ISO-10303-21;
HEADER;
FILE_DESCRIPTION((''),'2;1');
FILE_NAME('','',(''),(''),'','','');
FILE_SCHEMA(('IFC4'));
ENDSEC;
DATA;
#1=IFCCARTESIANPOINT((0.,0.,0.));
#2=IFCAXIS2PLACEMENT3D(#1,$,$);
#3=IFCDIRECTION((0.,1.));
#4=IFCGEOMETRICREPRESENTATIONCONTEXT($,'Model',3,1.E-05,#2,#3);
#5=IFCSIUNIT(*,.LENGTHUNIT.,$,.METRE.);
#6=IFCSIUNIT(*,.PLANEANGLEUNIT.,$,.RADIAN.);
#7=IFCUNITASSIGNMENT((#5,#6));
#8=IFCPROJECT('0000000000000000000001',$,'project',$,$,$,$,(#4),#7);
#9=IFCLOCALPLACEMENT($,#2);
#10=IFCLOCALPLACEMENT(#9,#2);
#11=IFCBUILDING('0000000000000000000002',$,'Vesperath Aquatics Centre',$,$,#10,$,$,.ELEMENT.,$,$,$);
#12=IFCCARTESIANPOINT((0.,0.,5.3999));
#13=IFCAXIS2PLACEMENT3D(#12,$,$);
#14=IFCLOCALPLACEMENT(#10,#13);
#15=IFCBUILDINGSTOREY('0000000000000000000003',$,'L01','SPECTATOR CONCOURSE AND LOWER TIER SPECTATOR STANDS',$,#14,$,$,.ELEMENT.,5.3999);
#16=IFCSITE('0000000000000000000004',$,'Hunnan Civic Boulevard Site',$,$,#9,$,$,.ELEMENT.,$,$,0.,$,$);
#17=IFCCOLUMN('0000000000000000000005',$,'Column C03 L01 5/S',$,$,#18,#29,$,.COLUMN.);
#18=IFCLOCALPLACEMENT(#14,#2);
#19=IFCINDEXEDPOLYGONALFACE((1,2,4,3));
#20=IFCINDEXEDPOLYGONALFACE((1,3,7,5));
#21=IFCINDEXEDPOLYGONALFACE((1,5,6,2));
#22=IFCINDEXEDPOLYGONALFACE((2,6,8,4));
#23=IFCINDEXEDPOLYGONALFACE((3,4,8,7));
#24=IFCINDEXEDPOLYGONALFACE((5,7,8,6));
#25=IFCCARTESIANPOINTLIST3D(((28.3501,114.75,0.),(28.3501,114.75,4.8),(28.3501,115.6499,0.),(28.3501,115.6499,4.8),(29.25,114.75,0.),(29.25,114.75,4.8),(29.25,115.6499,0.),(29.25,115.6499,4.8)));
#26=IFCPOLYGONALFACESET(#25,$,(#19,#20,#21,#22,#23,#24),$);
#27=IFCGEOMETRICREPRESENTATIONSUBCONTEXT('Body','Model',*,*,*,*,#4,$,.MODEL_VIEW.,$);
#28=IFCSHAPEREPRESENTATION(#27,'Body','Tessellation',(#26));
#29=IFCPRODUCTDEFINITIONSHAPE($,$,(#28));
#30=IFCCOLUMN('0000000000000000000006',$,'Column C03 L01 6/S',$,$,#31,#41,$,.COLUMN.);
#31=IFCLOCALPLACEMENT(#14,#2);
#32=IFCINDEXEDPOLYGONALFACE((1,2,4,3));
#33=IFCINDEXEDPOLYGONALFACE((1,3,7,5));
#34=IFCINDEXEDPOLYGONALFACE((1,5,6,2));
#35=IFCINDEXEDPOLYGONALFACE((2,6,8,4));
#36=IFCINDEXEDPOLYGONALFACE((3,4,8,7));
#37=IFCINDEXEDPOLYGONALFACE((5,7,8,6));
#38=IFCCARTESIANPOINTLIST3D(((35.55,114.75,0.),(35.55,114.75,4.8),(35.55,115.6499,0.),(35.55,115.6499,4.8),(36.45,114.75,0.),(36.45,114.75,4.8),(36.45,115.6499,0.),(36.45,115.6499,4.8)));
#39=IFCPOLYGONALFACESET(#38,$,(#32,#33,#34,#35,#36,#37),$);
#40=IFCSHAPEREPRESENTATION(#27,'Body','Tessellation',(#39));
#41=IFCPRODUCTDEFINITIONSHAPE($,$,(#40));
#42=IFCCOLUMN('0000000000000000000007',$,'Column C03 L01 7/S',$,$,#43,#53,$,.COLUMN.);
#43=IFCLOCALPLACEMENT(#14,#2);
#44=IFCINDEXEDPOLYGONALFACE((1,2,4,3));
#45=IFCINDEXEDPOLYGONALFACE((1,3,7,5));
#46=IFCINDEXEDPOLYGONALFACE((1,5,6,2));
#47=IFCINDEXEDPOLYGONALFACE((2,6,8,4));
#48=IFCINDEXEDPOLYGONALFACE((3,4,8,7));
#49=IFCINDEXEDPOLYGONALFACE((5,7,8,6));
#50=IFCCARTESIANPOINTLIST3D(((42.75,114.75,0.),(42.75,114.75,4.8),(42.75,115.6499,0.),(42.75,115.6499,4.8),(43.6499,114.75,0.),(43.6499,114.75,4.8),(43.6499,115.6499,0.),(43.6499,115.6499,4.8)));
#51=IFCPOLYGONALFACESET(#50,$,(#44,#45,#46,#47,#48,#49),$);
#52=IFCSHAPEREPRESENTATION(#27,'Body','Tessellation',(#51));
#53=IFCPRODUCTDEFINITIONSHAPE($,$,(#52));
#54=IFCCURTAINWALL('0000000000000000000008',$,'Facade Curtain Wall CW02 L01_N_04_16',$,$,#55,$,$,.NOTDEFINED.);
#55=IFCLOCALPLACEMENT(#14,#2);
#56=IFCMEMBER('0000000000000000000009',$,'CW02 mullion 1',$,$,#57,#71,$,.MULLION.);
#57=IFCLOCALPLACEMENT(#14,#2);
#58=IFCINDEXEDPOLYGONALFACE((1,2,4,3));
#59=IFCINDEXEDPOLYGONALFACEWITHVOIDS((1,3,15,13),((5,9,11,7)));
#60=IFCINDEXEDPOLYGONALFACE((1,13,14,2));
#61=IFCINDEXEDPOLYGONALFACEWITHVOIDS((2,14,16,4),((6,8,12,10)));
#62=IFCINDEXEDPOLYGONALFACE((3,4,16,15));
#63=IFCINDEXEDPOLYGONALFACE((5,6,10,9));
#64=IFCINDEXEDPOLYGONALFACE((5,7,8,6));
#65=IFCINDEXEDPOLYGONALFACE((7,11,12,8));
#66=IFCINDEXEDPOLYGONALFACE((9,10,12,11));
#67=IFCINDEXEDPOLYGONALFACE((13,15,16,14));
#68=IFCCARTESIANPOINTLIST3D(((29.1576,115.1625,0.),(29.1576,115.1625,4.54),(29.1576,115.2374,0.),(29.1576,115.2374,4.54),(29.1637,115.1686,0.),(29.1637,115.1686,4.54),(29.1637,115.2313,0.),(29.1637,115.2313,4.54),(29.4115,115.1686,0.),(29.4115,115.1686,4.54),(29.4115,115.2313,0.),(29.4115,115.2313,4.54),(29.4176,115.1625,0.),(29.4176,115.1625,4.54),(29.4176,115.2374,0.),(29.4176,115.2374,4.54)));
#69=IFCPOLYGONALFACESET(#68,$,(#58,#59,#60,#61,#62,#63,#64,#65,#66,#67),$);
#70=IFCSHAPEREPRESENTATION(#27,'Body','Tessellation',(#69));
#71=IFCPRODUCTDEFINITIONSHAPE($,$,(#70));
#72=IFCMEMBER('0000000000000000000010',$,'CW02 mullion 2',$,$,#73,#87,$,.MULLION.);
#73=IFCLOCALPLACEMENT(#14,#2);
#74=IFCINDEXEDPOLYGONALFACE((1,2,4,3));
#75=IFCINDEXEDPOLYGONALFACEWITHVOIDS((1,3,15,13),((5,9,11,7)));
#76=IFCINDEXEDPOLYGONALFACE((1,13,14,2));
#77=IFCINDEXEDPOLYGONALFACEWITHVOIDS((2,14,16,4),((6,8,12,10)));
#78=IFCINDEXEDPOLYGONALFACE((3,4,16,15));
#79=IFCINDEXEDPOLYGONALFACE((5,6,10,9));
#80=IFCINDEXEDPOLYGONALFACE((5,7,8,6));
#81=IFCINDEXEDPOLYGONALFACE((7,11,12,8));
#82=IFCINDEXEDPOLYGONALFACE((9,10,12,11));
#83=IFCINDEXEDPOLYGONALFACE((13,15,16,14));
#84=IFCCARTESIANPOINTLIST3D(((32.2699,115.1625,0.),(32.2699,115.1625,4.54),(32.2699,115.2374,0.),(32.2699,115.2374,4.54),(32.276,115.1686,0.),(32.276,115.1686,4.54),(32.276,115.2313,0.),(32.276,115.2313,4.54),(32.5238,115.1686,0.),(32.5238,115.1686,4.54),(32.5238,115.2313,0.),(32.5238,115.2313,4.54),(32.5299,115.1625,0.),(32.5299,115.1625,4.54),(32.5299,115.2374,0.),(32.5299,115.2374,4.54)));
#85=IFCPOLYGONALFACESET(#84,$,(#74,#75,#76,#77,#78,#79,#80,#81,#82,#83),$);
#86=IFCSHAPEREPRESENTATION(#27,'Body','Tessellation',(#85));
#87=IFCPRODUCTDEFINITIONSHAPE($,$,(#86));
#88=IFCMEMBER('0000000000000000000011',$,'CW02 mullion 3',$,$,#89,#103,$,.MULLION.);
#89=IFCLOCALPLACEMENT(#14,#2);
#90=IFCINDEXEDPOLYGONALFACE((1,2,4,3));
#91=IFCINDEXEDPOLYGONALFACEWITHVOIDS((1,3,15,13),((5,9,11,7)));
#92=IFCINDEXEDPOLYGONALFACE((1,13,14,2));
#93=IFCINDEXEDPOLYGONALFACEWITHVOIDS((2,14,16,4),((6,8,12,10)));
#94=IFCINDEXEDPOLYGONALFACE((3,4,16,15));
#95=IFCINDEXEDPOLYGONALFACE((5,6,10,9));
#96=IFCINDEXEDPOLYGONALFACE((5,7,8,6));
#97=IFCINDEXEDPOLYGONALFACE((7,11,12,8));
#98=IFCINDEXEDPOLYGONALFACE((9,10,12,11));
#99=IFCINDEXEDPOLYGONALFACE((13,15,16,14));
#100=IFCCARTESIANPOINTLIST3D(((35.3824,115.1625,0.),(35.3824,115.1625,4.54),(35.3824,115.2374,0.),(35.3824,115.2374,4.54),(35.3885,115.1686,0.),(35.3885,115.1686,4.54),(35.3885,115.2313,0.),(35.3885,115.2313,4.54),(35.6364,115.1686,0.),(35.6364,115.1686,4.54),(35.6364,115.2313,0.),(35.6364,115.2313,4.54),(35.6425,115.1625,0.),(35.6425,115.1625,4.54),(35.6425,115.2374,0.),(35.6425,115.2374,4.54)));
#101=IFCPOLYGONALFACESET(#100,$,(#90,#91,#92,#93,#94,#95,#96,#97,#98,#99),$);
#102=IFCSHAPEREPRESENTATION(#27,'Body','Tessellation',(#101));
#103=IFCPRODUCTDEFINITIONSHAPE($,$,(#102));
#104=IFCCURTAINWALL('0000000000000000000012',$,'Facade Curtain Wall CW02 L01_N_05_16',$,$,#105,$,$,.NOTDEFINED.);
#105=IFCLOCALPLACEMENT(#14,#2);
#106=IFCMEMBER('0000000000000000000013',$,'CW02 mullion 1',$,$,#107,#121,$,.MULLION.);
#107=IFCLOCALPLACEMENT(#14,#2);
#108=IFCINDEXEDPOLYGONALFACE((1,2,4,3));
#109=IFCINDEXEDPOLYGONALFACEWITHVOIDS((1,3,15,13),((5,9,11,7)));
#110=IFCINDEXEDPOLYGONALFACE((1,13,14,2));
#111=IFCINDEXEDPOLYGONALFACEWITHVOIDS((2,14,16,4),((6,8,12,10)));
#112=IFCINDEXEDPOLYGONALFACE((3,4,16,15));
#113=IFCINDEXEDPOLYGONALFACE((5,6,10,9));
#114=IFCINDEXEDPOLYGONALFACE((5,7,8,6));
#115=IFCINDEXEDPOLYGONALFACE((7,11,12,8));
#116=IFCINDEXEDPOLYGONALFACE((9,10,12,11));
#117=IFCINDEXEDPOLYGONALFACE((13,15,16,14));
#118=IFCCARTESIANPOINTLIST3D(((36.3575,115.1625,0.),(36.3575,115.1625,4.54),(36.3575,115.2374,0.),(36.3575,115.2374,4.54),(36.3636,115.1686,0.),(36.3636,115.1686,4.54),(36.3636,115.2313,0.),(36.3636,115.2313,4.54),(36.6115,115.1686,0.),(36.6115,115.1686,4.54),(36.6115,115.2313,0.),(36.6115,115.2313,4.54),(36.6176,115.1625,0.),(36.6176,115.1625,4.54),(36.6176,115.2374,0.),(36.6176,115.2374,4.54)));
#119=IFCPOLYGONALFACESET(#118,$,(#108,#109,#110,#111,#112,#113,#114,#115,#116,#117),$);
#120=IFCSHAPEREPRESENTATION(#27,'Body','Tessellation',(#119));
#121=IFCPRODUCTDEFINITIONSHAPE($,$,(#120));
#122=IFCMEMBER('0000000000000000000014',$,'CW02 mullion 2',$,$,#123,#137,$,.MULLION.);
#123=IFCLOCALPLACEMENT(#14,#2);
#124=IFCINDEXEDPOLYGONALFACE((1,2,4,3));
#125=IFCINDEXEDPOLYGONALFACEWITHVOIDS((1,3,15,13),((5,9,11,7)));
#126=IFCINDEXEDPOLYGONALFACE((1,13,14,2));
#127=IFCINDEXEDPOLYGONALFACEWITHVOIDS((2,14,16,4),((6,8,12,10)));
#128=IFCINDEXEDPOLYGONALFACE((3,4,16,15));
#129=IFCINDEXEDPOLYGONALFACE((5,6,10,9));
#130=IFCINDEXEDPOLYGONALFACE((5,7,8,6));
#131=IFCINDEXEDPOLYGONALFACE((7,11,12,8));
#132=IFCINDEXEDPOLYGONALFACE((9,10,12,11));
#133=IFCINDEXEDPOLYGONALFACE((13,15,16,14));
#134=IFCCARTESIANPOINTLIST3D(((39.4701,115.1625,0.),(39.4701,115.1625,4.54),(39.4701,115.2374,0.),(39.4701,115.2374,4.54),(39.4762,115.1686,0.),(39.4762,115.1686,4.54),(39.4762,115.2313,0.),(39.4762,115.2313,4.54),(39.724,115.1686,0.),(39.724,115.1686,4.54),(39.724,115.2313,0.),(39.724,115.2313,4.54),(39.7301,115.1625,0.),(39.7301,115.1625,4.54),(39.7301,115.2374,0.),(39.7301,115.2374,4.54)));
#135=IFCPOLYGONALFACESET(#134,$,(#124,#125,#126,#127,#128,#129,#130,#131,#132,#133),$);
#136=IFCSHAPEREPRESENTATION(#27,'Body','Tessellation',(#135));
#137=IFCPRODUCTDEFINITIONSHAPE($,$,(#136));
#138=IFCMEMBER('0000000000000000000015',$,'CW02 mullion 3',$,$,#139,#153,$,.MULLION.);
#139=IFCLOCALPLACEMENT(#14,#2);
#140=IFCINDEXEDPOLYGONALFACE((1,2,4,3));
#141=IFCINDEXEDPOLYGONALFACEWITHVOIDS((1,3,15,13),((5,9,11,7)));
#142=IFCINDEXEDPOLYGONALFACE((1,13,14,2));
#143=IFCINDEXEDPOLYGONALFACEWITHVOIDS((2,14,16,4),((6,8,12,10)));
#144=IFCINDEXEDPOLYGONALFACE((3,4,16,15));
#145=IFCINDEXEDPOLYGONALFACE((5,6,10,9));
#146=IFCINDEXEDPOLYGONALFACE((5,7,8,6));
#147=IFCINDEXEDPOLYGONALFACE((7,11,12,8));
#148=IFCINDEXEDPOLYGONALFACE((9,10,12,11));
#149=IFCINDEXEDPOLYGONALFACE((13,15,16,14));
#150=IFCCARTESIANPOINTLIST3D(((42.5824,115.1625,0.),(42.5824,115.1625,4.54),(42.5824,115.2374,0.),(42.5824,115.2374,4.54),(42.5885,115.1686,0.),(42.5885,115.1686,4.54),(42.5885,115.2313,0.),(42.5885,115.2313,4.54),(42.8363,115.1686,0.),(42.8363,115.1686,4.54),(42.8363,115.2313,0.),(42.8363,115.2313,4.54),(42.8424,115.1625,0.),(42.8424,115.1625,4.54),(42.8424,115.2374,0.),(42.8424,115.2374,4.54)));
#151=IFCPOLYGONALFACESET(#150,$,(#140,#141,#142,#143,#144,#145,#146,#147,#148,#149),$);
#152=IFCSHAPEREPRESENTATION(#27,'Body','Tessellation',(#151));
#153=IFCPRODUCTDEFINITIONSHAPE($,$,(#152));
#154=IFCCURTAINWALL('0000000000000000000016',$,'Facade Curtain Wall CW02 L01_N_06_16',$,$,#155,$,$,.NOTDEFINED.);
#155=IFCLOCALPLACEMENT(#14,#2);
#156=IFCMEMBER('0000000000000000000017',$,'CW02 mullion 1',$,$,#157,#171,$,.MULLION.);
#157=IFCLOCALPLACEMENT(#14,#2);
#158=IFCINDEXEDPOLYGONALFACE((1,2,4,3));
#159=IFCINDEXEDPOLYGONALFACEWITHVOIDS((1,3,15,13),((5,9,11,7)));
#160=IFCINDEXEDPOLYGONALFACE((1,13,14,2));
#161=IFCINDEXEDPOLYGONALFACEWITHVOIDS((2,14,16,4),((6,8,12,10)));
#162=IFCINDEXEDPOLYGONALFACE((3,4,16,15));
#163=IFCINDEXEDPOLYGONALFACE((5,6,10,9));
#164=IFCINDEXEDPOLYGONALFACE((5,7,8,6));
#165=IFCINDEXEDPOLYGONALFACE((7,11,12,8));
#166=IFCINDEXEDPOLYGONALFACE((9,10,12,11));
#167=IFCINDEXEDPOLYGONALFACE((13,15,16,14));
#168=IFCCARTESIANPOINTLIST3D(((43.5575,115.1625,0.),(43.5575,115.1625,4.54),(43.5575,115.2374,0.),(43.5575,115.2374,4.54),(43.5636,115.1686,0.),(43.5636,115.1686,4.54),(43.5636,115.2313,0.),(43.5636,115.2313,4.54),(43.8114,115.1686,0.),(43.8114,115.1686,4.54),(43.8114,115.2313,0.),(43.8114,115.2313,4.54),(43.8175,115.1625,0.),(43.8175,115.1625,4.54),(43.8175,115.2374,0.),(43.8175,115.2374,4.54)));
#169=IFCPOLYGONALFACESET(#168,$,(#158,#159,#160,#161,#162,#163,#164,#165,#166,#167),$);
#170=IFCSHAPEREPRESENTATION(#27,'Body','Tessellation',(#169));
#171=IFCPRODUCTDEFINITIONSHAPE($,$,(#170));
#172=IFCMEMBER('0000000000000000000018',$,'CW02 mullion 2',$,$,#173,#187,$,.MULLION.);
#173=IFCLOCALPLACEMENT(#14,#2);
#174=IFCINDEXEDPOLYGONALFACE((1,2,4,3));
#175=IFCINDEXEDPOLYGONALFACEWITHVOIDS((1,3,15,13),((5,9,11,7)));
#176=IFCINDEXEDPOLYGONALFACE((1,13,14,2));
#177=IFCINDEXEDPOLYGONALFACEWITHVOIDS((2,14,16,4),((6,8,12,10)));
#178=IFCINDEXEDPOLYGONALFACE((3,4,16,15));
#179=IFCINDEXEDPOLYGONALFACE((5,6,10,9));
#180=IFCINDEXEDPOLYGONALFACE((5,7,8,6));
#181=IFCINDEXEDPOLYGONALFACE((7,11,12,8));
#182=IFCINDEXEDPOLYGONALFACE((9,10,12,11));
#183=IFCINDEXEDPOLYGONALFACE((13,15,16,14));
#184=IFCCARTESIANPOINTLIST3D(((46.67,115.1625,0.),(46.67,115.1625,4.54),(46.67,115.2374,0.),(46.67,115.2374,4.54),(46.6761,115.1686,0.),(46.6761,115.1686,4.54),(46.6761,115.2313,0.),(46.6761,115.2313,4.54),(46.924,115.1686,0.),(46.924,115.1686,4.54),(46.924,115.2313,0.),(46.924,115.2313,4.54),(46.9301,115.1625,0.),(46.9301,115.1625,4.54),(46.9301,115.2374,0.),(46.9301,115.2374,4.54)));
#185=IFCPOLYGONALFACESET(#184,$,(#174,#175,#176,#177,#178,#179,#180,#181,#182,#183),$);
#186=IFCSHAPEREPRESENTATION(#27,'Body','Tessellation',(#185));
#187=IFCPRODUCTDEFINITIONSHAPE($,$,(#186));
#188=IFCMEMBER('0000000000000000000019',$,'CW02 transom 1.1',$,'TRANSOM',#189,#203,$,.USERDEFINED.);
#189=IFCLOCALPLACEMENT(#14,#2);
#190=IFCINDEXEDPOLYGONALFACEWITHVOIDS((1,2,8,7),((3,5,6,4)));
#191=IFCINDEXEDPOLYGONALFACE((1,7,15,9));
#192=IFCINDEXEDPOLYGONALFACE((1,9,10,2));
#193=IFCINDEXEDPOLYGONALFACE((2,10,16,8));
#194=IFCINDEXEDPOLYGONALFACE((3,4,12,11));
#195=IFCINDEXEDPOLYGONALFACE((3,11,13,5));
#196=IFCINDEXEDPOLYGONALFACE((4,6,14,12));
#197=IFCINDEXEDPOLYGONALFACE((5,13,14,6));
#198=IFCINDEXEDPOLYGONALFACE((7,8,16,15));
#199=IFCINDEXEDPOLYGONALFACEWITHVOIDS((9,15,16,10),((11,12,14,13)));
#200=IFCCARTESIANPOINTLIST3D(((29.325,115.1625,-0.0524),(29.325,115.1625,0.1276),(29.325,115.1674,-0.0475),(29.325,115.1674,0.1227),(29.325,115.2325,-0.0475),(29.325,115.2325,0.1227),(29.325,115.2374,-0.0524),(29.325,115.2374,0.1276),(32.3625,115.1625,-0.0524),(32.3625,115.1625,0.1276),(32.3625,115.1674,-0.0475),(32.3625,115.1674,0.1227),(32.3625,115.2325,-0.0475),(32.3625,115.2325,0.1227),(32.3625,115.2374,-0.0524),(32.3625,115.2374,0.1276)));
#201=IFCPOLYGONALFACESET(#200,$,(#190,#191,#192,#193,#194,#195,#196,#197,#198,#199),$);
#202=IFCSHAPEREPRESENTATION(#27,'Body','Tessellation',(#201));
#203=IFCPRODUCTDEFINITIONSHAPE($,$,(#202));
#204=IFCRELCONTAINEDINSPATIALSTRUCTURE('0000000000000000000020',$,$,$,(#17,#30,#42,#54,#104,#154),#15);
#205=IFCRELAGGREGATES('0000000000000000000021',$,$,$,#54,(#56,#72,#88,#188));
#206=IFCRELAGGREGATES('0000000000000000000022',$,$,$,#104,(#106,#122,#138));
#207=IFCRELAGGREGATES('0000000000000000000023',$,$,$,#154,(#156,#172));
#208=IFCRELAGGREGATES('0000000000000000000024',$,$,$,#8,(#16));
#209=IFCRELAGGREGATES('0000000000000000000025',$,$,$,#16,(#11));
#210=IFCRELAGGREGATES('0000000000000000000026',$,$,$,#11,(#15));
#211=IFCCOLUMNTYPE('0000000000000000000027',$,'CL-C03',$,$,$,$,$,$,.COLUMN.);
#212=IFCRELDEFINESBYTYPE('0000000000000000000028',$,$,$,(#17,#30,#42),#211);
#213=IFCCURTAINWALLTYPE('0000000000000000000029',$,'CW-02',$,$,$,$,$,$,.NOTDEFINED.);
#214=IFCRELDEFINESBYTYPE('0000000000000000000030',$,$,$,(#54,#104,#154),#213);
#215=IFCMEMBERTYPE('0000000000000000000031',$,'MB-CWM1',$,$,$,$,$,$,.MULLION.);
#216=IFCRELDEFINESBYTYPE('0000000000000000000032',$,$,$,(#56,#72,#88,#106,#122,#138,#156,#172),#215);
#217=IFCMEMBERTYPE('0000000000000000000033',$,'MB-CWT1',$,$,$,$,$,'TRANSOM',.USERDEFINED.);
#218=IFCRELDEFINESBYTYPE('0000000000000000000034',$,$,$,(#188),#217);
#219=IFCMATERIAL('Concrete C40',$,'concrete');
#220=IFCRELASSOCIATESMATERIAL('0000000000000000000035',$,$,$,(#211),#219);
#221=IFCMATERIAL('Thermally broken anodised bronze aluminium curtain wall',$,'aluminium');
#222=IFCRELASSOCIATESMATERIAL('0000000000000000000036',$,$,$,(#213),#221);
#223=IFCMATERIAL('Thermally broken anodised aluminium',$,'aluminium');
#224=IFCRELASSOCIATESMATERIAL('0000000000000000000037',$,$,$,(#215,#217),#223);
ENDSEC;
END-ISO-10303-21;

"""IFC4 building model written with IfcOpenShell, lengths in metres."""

from ifc_helpers import new_model, si_unit, direction, frame, origin, origin_2d, place, context, subcontext, project, spatial, rectangle, hollow_rectangle, extrude, material, material_profile, profile_set, type_object, element, aggregate, save


model = new_model("IFC4")

# Units and contexts
model_context = context("Model", 3, precision=1e-05, world=origin(), true_north=direction((0.0, 1.0)))
body_context = subcontext(model_context, "Body", "Model", "MODEL_VIEW")
ifc_project = project(units=[si_unit("LENGTHUNIT", "METRE"), si_unit("PLANEANGLEUNIT", "RADIAN")], contexts=[model_context])

# Site, building, storey
site_placement = place(None, origin())
site = spatial("IfcSite", under=ifc_project, at=site_placement, Name="Hunnan Civic Boulevard Site", CompositionType="ELEMENT", RefElevation=0.0)
building_placement = place(site_placement, origin())
building = spatial("IfcBuilding", under=site, at=building_placement, Name="Vesperath Aquatics Centre", CompositionType="ELEMENT")
storey_placement = place(building_placement, frame((0.0, 0.0, 5.3999)))
storey = spatial("IfcBuildingStorey", under=building, at=storey_placement, Name="L01", Description="SPECTATOR CONCOURSE AND LOWER TIER SPECTATOR STANDS", CompositionType="ELEMENT", Elevation=5.3999)

# Columns
ifc_material_1 = material(Name="Concrete C40", Category="concrete")
ifc_material_profile_1 = material_profile(ifc_material_1, rectangle(XDim=0.8999, YDim=0.8999, at=origin_2d()), Name="RC 900x900")
ifc_profile_set_1 = profile_set([ifc_material_profile_1], Name="Concrete C40")
column_type = type_object("IfcColumnType", Name="CL-C03", PredefinedType="COLUMN", material=ifc_profile_set_1)
for number, where, z_axis, x_axis, name in (
    (1, (28.8, 115.2, 0.0), (0.0, 0.0, 1.0), (1.0, 0.0, 0.0), "Column C03 L01 5/S"),
    (2, (36.0, 115.2, 0.0), (0.0, 0.0, 1.0), (1.0, 0.0, 0.0), "Column C03 L01 6/S"),
    (3, (43.2, 115.2, 0.0), (0.0, 0.0, 1.0), (1.0, 0.0, 0.0), "Column C03 L01 7/S"),
):
    element("IfcColumn", number, at=place(storey_placement, frame(where, z_axis=z_axis, x_axis=x_axis)), inside=storey, type_object=column_type, Name=name, PredefinedType="COLUMN", context=body_context, shape_type="SweptSolid", body=[
        extrude(rectangle(XDim=0.8999, YDim=0.8999, at=origin_2d()), origin(), (0.0, 0.0, 1.0), 4.8),
    ])

# Curtain walls, members
ifc_material_2 = material(Name="Thermally broken anodised bronze aluminium curtain wall", Category="aluminium")
curtain_wall_type = type_object("IfcCurtainWallType", Name="CW-02", PredefinedType="NOTDEFINED", material=ifc_material_2)
curtain_wall_1_placement = place(storey_placement, origin())
curtain_wall_1 = element("IfcCurtainWall", 4, at=curtain_wall_1_placement, inside=storey, type_object=curtain_wall_type, Name="Facade Curtain Wall CW02 L01_N_04_16", PredefinedType="NOTDEFINED")
ifc_material_3 = material(Name="Thermally broken anodised aluminium", Category="aluminium")
ifc_material_profile_2 = material_profile(ifc_material_3, hollow_rectangle(XDim=0.075, YDim=0.26, WallThickness=0.0061, at=origin_2d()), Name="CWM 75x260x6")
ifc_profile_set_2 = profile_set([ifc_material_profile_2], Name="Thermally broken anodised aluminium")
member_type_1 = type_object("IfcMemberType", Name="MB-CWM1", PredefinedType="MULLION", material=ifc_profile_set_2)
member_1_placement = place(storey_placement, frame((29.2876, 115.2, 0.0), z_axis=(0.0, 0.0, 1.0), x_axis=(0.0, 1.0, 0.0)))
member_1 = element("IfcMember", 5, at=member_1_placement, type_object=member_type_1, Name="CW02 mullion 1", PredefinedType="MULLION", context=body_context, shape_type="SweptSolid", body=[
    extrude(hollow_rectangle(XDim=0.075, YDim=0.26, WallThickness=0.0061, at=origin_2d()), origin(), (0.0, 0.0, 1.0), 4.54),
])
member_2_placement = place(storey_placement, frame((32.3999, 115.2, 0.0), z_axis=(0.0, 0.0, 1.0), x_axis=(0.0, 1.0, 0.0)))
member_2 = element("IfcMember", 6, at=member_2_placement, type_object=member_type_1, Name="CW02 mullion 2", PredefinedType="MULLION", context=body_context, shape_type="SweptSolid", body=[
    extrude(hollow_rectangle(XDim=0.075, YDim=0.26, WallThickness=0.0061, at=origin_2d()), origin(), (0.0, 0.0, 1.0), 4.54),
])
member_3_placement = place(storey_placement, frame((35.5125, 115.2, 0.0), z_axis=(0.0, 0.0, 1.0), x_axis=(0.0, 1.0, 0.0)))
member_3 = element("IfcMember", 7, at=member_3_placement, type_object=member_type_1, Name="CW02 mullion 3", PredefinedType="MULLION", context=body_context, shape_type="SweptSolid", body=[
    extrude(hollow_rectangle(XDim=0.075, YDim=0.26, WallThickness=0.0061, at=origin_2d()), origin(), (0.0, 0.0, 1.0), 4.54),
])
curtain_wall_2_placement = place(storey_placement, origin())
curtain_wall_2 = element("IfcCurtainWall", 8, at=curtain_wall_2_placement, inside=storey, type_object=curtain_wall_type, Name="Facade Curtain Wall CW02 L01_N_05_16", PredefinedType="NOTDEFINED")
member_4_placement = place(storey_placement, frame((36.4875, 115.2, 0.0), z_axis=(0.0, 0.0, 1.0), x_axis=(0.0, 1.0, 0.0)))
member_4 = element("IfcMember", 9, at=member_4_placement, type_object=member_type_1, Name="CW02 mullion 1", PredefinedType="MULLION", context=body_context, shape_type="SweptSolid", body=[
    extrude(hollow_rectangle(XDim=0.075, YDim=0.26, WallThickness=0.0061, at=origin_2d()), origin(), (0.0, 0.0, 1.0), 4.54),
])
member_5_placement = place(storey_placement, frame((39.6001, 115.2, 0.0), z_axis=(0.0, 0.0, 1.0), x_axis=(0.0, 1.0, 0.0)))
member_5 = element("IfcMember", 10, at=member_5_placement, type_object=member_type_1, Name="CW02 mullion 2", PredefinedType="MULLION", context=body_context, shape_type="SweptSolid", body=[
    extrude(hollow_rectangle(XDim=0.075, YDim=0.26, WallThickness=0.0061, at=origin_2d()), origin(), (0.0, 0.0, 1.0), 4.54),
])
member_6_placement = place(storey_placement, frame((42.7124, 115.2, 0.0), z_axis=(0.0, 0.0, 1.0), x_axis=(0.0, 1.0, 0.0)))
member_6 = element("IfcMember", 11, at=member_6_placement, type_object=member_type_1, Name="CW02 mullion 3", PredefinedType="MULLION", context=body_context, shape_type="SweptSolid", body=[
    extrude(hollow_rectangle(XDim=0.075, YDim=0.26, WallThickness=0.0061, at=origin_2d()), origin(), (0.0, 0.0, 1.0), 4.54),
])
curtain_wall_3_placement = place(storey_placement, origin())
curtain_wall_3 = element("IfcCurtainWall", 12, at=curtain_wall_3_placement, inside=storey, type_object=curtain_wall_type, Name="Facade Curtain Wall CW02 L01_N_06_16", PredefinedType="NOTDEFINED")
member_7_placement = place(storey_placement, frame((43.6875, 115.2, 0.0), z_axis=(0.0, 0.0, 1.0), x_axis=(0.0, 1.0, 0.0)))
member_7 = element("IfcMember", 13, at=member_7_placement, type_object=member_type_1, Name="CW02 mullion 1", PredefinedType="MULLION", context=body_context, shape_type="SweptSolid", body=[
    extrude(hollow_rectangle(XDim=0.075, YDim=0.26, WallThickness=0.0061, at=origin_2d()), origin(), (0.0, 0.0, 1.0), 4.54),
])
member_8_placement = place(storey_placement, frame((46.8, 115.2, 0.0), z_axis=(0.0, 0.0, 1.0), x_axis=(0.0, 1.0, 0.0)))
member_8 = element("IfcMember", 14, at=member_8_placement, type_object=member_type_1, Name="CW02 mullion 2", PredefinedType="MULLION", context=body_context, shape_type="SweptSolid", body=[
    extrude(hollow_rectangle(XDim=0.075, YDim=0.26, WallThickness=0.0061, at=origin_2d()), origin(), (0.0, 0.0, 1.0), 4.54),
])

# Member
ifc_material_profile_3 = material_profile(ifc_material_3, hollow_rectangle(XDim=0.075, YDim=0.1799, WallThickness=0.0049, at=origin_2d()), Name="CWT 75x180x5")
ifc_profile_set_3 = profile_set([ifc_material_profile_3], Name="Thermally broken anodised aluminium")
member_type_2 = type_object("IfcMemberType", Name="MB-CWT1", ElementType="TRANSOM", PredefinedType="USERDEFINED", material=ifc_profile_set_3)
member_9_placement = place(storey_placement, frame((29.325, 115.2, 0.0376), z_axis=(1.0, 0.0, 0.0), x_axis=(0.0, 1.0, 0.0)))
member_9 = element("IfcMember", 15, at=member_9_placement, type_object=member_type_2, Name="CW02 transom 1.1", ObjectType="TRANSOM", PredefinedType="USERDEFINED", context=body_context, shape_type="SweptSolid", body=[
    extrude(hollow_rectangle(XDim=0.075, YDim=0.1799, WallThickness=0.0049, at=origin_2d()), origin(), (0.0, 0.0, 1.0), 3.0376),
])

aggregate(curtain_wall_1, [member_1, member_2, member_3, member_9])
aggregate(curtain_wall_2, [member_4, member_5, member_6])
aggregate(curtain_wall_3, [member_7, member_8])

save(model, "model.ifc")
